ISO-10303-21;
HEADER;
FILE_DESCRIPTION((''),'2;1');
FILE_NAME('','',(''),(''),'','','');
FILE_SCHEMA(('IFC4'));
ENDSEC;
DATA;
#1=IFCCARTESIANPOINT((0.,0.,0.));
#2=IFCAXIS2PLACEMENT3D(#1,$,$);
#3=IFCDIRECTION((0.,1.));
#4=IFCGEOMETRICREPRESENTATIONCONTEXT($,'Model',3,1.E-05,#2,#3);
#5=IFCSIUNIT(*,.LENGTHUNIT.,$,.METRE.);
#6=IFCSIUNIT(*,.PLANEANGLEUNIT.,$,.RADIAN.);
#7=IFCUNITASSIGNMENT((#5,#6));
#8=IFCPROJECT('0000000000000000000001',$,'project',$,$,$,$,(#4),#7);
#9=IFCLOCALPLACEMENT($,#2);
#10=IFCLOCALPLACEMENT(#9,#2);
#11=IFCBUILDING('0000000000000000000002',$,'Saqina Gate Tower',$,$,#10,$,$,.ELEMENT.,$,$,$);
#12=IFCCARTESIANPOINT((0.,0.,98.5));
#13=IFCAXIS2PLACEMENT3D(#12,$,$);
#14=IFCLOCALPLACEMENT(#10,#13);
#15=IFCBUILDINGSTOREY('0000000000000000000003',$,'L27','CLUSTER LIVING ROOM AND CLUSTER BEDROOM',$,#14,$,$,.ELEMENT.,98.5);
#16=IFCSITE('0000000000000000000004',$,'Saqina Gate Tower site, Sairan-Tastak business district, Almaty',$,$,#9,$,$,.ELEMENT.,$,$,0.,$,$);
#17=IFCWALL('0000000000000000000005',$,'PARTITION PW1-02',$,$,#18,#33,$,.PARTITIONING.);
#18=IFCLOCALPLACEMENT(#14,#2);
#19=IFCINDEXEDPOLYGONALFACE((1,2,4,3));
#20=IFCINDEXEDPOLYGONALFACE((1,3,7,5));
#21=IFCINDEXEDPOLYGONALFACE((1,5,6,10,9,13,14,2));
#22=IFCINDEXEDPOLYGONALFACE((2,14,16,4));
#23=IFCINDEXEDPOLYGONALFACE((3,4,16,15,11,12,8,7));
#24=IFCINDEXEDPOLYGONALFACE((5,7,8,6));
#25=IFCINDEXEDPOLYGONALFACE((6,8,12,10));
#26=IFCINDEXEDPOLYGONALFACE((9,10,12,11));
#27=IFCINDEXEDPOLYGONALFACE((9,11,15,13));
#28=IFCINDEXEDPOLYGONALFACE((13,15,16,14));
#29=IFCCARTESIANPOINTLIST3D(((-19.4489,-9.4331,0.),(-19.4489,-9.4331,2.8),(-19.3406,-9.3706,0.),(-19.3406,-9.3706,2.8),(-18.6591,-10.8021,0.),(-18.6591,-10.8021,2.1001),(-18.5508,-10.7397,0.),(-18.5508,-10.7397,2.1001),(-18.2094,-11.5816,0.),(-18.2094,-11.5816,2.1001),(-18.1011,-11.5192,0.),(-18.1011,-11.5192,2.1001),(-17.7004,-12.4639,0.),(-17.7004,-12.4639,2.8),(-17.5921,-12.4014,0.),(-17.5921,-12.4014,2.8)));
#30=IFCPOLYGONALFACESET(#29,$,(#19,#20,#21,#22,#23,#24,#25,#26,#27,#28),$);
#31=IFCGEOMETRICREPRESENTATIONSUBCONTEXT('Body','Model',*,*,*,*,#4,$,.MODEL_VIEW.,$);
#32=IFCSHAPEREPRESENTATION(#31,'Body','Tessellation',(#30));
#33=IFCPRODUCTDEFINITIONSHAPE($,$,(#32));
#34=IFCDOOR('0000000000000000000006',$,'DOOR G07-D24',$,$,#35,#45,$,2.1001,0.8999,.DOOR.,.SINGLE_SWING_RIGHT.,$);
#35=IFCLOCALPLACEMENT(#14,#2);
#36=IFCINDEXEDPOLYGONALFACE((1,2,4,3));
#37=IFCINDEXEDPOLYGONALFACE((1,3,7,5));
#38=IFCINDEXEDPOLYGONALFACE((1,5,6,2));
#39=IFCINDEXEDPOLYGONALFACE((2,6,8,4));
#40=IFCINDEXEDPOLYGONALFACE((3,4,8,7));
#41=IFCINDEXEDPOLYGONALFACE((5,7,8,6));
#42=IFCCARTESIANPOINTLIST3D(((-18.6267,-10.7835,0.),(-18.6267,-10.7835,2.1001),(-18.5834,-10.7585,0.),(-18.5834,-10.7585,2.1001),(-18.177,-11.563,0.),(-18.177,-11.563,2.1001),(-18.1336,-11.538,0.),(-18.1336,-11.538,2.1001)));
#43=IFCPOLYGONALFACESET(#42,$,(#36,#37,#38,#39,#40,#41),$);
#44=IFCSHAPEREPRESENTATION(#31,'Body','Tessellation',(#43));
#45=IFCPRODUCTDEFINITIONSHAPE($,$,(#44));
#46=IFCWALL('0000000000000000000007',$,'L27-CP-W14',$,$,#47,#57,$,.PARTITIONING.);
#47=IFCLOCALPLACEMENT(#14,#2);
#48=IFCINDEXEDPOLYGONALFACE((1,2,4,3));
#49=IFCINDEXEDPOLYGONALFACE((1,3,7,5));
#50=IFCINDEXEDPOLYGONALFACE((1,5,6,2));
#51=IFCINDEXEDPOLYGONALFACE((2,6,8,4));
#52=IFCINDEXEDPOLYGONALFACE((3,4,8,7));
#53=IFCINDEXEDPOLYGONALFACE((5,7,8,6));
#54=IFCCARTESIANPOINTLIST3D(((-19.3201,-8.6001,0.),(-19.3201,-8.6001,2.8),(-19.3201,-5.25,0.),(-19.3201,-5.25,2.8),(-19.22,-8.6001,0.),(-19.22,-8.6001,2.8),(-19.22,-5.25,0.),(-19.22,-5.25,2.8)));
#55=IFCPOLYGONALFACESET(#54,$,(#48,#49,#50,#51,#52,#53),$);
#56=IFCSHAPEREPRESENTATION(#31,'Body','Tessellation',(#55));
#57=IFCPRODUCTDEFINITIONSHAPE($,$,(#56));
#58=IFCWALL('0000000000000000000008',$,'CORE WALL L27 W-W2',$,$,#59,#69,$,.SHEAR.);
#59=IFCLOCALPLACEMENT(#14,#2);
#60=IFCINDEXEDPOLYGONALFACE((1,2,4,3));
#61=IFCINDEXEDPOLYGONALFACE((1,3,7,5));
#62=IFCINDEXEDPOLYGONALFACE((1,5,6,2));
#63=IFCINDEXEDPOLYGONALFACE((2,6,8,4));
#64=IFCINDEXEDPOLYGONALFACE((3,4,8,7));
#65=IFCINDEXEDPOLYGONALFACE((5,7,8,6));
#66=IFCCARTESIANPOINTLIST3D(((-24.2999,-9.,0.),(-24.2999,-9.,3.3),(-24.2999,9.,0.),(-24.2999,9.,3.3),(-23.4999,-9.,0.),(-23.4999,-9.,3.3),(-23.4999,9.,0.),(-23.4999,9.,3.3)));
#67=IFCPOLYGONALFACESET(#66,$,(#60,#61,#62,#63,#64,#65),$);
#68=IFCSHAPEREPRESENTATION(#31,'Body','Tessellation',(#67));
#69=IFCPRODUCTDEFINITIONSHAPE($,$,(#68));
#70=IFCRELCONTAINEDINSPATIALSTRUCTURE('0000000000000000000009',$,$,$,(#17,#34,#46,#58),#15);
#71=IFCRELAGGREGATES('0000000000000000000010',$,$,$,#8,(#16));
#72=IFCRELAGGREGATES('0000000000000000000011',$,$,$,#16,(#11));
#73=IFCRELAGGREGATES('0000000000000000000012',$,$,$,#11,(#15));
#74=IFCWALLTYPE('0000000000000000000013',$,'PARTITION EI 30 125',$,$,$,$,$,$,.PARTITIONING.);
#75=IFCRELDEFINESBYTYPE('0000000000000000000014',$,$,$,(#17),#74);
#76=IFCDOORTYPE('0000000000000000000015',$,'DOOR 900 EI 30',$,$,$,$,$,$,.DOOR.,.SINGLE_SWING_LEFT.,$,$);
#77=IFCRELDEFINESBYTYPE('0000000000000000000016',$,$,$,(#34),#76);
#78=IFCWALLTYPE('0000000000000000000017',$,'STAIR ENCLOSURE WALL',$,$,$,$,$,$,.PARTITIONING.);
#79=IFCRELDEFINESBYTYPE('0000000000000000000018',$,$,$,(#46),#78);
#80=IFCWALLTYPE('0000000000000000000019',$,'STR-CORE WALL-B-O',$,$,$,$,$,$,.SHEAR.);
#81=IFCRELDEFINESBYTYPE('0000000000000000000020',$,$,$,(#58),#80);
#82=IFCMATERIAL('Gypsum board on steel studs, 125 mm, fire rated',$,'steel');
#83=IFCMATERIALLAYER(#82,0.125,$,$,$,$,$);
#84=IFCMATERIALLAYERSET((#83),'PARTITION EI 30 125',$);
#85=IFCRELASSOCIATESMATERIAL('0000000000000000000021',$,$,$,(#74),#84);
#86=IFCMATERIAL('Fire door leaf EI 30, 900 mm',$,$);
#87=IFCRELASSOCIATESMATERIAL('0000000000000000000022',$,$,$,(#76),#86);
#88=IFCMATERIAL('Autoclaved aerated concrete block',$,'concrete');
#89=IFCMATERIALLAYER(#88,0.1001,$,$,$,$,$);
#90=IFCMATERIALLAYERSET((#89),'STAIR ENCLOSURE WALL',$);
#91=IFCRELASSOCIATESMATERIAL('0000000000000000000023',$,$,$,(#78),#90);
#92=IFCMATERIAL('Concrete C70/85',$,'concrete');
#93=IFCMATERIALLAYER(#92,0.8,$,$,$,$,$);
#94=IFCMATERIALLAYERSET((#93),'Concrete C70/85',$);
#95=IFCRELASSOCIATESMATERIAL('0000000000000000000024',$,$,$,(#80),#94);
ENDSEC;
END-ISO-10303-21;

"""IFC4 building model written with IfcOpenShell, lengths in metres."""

from ifc_helpers import new_model, si_unit, direction, frame, frame_2d, origin, place, context, subcontext, project, spatial, rectangle, extrude, material, layer, layer_set, type_object, element, fill, save


model = new_model("IFC4")

# Units and contexts
model_context = context("Model", 3, precision=1e-05, world=origin(), true_north=direction((0.0, 1.0)))
body_context = subcontext(model_context, "Body", "Model", "MODEL_VIEW")
ifc_project = project(units=[si_unit("LENGTHUNIT", "METRE"), si_unit("PLANEANGLEUNIT", "RADIAN")], contexts=[model_context])

# Site, building, storey
site_placement = place(None, origin())
site = spatial("IfcSite", under=ifc_project, at=site_placement, Name="Saqina Gate Tower site, Sairan-Tastak business district, Almaty", CompositionType="ELEMENT", RefElevation=0.0)
building_placement = place(site_placement, origin())
building = spatial("IfcBuilding", under=site, at=building_placement, Name="Saqina Gate Tower", CompositionType="ELEMENT")
storey_placement = place(building_placement, frame((0.0, 0.0, 98.5)))
storey = spatial("IfcBuildingStorey", under=building, at=storey_placement, Name="L27", Description="CLUSTER LIVING ROOM AND CLUSTER BEDROOM", CompositionType="ELEMENT", Elevation=98.5)

# Wall, opening, door
ifc_material_1 = material(Name="Gypsum board on steel studs, 125 mm, fire rated", Category="steel")
ifc_layer_1 = layer(ifc_material_1, 0.125)
ifc_layer_set_1 = layer_set([ifc_layer_1], Name="PARTITION EI 30 125")
wall_type_1 = type_object("IfcWallType", Name="PARTITION EI 30 125", PredefinedType="PARTITIONING", material=ifc_layer_set_1)
wall_1_placement = place(storey_placement, frame((-19.3948, -9.4019, 0.0), z_axis=(0.0, 0.0, 1.0), x_axis=(0.499726, -0.866183, 0.0)))
wall_1 = element("IfcWall", 1, at=wall_1_placement, inside=storey, type_object=wall_type_1, Name="PARTITION PW1-02", PredefinedType="PARTITIONING", context=body_context, shape_type="SweptSolid", body=[
    extrude(rectangle(XDim=3.499, YDim=0.125, at=frame_2d((1.7495, 0.0))), origin(), (0.0, 0.0, 1.0), 2.8),
])
opening_1_placement = place(wall_1_placement, frame((1.5806, 0.0, 0.0)))
opening_1 = element("IfcOpeningElement", 2, at=opening_1_placement, cuts=wall_1, PredefinedType="OPENING", context=body_context, shape_type="SweptSolid", body=[
    extrude(rectangle(XDim=0.8999, YDim=2.1001, at=frame_2d((0.45, 1.05))), frame((0.0, 0.0745, 0.0), z_axis=(0.0, -1.0, 0.0), x_axis=(1.0, 0.0, 0.0)), (0.0, 0.0, 1.0), 0.1489),
])
ifc_material_2 = material(Name="Fire door leaf EI 30, 900 mm")
door_type_1 = type_object("IfcDoorType", Name="DOOR 900 EI 30", OperationType="SINGLE_SWING_LEFT", PredefinedType="DOOR", material=ifc_material_2)
door_1_placement = place(opening_1_placement, origin())
door_1 = element("IfcDoor", 3, at=door_1_placement, inside=storey, type_object=door_type_1, Name="DOOR G07-D24", OperationType="SINGLE_SWING_RIGHT", OverallHeight=2.1001, OverallWidth=0.8999, PredefinedType="DOOR", context=body_context, shape_type="SweptSolid", body=[
    extrude(rectangle(XDim=0.8999, YDim=2.1001, at=frame_2d((0.45, 1.05))), frame((0.0, 0.0249, 0.0), z_axis=(0.0, -1.0, 0.0), x_axis=(1.0, 0.0, 0.0)), (0.0, 0.0, 1.0), 0.05),
])
fill(opening_1, door_1)

# Walls
ifc_material_3 = material(Name="Autoclaved aerated concrete block", Category="concrete")
ifc_layer_2 = layer(ifc_material_3, 0.1001)
ifc_layer_set_2 = layer_set([ifc_layer_2], Name="STAIR ENCLOSURE WALL")
wall_type_2 = type_object("IfcWallType", Name="STAIR ENCLOSURE WALL", PredefinedType="PARTITIONING", material=ifc_layer_set_2)
wall_2_placement = place(storey_placement, frame((-19.27, -8.6001, 0.0), z_axis=(0.0, 0.0, 1.0), x_axis=(0.0, 1.0, 0.0)))
element("IfcWall", 4, at=wall_2_placement, inside=storey, type_object=wall_type_2, Name="L27-CP-W14", PredefinedType="PARTITIONING", context=body_context, shape_type="SweptSolid", body=[
    extrude(rectangle(XDim=3.3501, YDim=0.1001, at=frame_2d((1.675, 0.0))), origin(), (0.0, 0.0, 1.0), 2.8),
])
ifc_material_4 = material(Name="Concrete C70/85", Category="concrete")
ifc_layer_3 = layer(ifc_material_4, 0.8)
ifc_layer_set_3 = layer_set([ifc_layer_3], Name="Concrete C70/85")
wall_type_3 = type_object("IfcWallType", Name="STR-CORE WALL-B-O", PredefinedType="SHEAR", material=ifc_layer_set_3)
wall_3_placement = place(storey_placement, frame((-23.8999, -9.0, 0.0), z_axis=(0.0, 0.0, 1.0), x_axis=(0.0, 1.0, 0.0)))
element("IfcWall", 5, at=wall_3_placement, inside=storey, type_object=wall_type_3, Name="CORE WALL L27 W-W2", PredefinedType="SHEAR", context=body_context, shape_type="SweptSolid", body=[
    extrude(rectangle(XDim=18.0, YDim=0.8, at=frame_2d((9.0, 0.0))), origin(), (0.0, 0.0, 1.0), 3.3),
])

save(model, "model.ifc")
